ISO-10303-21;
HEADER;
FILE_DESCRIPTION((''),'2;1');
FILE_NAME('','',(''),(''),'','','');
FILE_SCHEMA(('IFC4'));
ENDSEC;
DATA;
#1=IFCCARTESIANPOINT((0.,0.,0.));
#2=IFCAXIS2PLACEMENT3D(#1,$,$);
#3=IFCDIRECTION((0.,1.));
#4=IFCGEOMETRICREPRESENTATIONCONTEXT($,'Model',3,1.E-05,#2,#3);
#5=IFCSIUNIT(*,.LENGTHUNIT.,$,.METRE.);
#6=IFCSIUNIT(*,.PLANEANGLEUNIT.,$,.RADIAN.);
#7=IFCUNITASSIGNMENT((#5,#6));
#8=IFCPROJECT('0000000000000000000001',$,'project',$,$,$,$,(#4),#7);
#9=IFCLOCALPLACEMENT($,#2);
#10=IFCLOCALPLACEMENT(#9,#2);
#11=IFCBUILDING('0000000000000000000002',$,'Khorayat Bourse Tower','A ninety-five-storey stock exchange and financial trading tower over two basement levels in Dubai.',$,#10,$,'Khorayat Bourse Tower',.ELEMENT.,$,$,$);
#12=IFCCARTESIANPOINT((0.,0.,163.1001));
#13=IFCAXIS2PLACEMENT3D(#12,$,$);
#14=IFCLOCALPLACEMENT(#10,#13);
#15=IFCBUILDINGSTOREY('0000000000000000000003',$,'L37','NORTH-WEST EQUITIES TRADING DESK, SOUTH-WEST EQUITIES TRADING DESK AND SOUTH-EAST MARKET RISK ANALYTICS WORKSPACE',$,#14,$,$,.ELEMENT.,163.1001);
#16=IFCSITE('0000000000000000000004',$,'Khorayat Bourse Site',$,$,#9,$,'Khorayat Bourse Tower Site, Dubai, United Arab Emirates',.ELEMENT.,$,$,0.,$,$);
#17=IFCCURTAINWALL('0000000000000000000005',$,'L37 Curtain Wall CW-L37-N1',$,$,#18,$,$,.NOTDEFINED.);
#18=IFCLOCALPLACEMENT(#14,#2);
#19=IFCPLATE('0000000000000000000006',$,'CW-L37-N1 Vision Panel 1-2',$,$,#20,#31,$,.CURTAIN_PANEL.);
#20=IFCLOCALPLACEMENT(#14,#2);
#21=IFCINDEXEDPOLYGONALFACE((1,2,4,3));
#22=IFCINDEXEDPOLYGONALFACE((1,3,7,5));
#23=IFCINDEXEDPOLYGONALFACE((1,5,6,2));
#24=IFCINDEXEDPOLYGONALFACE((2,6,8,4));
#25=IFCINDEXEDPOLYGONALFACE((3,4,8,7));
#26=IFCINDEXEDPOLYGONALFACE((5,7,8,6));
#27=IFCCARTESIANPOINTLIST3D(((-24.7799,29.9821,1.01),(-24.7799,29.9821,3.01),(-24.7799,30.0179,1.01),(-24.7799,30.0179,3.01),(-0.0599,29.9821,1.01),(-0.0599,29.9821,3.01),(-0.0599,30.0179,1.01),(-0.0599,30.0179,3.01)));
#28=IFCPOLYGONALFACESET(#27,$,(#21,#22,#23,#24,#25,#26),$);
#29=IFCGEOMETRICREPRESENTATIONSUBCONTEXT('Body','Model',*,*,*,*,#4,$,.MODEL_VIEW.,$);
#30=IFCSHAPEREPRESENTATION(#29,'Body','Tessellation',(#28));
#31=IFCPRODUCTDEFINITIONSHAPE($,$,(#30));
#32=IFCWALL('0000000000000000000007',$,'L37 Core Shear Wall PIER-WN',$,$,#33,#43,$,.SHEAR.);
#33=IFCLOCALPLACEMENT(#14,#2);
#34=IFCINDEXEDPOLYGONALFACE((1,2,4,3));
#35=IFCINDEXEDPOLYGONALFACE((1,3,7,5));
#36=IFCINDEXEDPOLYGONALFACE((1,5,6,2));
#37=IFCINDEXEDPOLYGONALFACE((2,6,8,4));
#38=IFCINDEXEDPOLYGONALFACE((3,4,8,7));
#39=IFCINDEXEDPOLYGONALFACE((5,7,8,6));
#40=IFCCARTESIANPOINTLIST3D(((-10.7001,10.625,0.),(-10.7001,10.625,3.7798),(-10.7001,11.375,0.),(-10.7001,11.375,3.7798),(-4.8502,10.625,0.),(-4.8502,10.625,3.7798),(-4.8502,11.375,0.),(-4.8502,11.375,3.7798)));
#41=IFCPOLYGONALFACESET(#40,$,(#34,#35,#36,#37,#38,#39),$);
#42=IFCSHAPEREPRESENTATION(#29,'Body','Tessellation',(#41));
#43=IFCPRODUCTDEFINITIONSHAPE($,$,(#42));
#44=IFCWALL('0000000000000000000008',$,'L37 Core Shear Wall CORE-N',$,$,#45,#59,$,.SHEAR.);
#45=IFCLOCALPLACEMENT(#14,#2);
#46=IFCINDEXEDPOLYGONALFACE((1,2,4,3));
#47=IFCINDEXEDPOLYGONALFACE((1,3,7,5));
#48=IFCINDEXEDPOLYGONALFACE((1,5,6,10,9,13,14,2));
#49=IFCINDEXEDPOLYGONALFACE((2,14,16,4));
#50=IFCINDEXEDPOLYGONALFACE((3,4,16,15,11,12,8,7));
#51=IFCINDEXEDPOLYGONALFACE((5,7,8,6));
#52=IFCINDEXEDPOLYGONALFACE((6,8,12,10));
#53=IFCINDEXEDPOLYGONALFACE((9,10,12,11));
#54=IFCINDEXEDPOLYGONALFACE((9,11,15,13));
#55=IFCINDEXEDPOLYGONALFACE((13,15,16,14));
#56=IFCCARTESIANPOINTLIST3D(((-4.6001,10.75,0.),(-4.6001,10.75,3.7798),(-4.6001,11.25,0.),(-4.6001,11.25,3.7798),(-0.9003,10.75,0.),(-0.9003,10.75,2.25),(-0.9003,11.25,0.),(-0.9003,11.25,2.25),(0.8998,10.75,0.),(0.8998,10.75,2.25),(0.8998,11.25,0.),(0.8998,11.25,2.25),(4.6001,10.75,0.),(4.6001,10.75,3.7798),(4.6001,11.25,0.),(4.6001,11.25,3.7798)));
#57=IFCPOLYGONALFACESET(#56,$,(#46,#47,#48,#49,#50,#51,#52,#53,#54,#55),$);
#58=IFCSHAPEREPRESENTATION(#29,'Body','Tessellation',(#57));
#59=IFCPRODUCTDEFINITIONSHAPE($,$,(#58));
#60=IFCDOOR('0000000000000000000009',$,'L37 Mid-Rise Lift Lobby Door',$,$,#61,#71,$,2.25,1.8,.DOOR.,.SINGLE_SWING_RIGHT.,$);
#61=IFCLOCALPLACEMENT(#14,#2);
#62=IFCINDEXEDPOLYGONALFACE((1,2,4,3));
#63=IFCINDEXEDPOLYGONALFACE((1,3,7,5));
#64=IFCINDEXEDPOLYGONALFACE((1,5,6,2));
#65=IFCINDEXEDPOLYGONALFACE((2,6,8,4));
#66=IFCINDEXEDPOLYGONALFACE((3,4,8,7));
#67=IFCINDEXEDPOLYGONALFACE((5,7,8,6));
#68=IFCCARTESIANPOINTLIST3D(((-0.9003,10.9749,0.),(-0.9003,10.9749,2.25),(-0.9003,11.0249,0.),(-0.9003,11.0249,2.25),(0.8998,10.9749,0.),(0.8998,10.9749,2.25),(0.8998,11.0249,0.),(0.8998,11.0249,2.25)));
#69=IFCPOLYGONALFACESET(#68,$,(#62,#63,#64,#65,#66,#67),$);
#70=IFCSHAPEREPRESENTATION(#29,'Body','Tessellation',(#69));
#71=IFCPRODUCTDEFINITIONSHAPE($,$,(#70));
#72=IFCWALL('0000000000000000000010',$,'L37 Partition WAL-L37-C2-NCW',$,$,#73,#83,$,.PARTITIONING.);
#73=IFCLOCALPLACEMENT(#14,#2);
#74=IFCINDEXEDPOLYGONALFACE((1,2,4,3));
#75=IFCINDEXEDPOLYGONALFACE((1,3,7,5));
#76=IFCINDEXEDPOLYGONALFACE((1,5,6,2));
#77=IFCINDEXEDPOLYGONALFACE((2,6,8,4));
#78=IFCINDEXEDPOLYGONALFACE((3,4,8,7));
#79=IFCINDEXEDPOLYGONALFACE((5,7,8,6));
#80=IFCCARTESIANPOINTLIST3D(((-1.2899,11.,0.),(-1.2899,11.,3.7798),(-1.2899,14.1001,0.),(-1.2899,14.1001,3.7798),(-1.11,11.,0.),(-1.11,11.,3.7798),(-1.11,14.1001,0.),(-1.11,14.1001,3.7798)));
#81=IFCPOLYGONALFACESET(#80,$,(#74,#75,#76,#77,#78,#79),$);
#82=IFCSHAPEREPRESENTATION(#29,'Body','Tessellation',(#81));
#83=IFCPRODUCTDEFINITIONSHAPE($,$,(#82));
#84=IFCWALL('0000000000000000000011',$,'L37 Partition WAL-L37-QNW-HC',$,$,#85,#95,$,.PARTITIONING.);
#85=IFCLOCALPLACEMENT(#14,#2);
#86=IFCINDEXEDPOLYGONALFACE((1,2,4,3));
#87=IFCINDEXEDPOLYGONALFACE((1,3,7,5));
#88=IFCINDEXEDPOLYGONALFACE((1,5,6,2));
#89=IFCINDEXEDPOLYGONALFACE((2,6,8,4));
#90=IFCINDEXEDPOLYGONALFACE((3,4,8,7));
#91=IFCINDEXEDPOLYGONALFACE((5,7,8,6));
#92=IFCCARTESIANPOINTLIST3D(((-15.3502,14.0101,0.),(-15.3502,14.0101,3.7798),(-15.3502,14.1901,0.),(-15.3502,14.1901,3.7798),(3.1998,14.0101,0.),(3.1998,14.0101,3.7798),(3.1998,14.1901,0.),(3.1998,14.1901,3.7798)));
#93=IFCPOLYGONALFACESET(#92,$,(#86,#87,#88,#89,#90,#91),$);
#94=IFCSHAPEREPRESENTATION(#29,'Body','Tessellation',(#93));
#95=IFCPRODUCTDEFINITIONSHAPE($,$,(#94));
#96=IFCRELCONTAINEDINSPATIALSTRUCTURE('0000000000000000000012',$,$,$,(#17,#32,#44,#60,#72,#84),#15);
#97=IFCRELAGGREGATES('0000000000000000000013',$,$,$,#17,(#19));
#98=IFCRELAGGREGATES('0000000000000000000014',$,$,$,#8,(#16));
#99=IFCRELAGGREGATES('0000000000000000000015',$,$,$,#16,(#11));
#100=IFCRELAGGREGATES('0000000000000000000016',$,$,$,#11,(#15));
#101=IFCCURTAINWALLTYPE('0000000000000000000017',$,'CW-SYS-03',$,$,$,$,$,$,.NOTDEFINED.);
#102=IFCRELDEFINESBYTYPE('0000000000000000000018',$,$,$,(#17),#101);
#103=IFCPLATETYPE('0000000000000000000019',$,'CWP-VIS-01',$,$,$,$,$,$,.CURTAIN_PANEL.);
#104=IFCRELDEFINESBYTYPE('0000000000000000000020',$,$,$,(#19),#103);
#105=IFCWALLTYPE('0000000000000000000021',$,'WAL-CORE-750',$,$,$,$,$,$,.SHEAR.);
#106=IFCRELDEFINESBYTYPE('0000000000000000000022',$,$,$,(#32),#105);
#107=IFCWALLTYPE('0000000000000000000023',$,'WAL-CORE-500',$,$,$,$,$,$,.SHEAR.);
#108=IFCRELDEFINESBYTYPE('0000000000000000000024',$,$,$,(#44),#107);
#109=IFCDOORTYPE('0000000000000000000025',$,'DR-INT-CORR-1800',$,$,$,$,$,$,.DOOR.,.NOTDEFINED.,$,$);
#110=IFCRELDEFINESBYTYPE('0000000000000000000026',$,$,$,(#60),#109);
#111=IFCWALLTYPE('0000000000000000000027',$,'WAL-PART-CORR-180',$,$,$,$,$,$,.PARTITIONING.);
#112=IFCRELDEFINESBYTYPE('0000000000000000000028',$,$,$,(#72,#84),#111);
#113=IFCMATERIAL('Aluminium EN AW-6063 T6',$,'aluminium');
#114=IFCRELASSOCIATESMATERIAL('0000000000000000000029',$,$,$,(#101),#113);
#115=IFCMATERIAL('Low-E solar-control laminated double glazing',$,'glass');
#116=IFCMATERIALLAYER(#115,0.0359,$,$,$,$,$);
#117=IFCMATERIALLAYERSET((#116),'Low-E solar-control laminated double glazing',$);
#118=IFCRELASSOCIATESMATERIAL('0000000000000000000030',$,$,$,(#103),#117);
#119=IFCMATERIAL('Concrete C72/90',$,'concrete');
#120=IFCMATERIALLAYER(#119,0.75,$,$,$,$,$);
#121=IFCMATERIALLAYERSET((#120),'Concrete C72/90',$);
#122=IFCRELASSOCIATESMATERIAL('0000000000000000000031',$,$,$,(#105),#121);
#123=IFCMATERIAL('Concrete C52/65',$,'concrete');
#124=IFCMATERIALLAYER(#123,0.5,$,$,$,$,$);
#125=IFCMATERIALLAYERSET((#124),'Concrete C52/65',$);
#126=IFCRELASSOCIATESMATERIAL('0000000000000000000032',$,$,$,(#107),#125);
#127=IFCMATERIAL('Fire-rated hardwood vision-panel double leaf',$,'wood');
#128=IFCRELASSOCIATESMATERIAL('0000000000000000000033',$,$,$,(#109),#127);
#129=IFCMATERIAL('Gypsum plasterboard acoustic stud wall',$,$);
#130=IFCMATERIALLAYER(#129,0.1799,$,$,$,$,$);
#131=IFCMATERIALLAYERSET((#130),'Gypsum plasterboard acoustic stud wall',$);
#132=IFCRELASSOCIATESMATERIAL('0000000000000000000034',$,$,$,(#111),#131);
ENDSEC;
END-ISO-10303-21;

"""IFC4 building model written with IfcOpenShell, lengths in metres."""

from ifc_helpers import new_model, si_unit, direction, frame, frame_2d, origin, origin_2d, place, context, subcontext, project, spatial, rectangle, extrude, source, transform, mapped, material, layer, layer_set, type_object, element, fill, aggregate, save


model = new_model("IFC4")

# Units and contexts
model_context = context("Model", 3, precision=1e-05, world=origin(), true_north=direction((0.0, 1.0)))
body_context = subcontext(model_context, "Body", "Model", "MODEL_VIEW")
ifc_project = project(units=[si_unit("LENGTHUNIT", "METRE"), si_unit("PLANEANGLEUNIT", "RADIAN")], contexts=[model_context])

# Site, building, storey
site_placement = place(None, origin())
site = spatial("IfcSite", under=ifc_project, at=site_placement, Name="Khorayat Bourse Site", LongName="Khorayat Bourse Tower Site, Dubai, United Arab Emirates", CompositionType="ELEMENT", RefElevation=0.0)
building_placement = place(site_placement, origin())
building = spatial("IfcBuilding", under=site, at=building_placement, Name="Khorayat Bourse Tower", Description="A ninety-five-storey stock exchange and financial trading tower over two basement levels in Dubai.", LongName="Khorayat Bourse Tower", CompositionType="ELEMENT")
storey_placement = place(building_placement, frame((0.0, 0.0, 163.1001)))
storey = spatial("IfcBuildingStorey", under=building, at=storey_placement, Name="L37", Description="NORTH-WEST EQUITIES TRADING DESK, SOUTH-WEST EQUITIES TRADING DESK AND SOUTH-EAST MARKET RISK ANALYTICS WORKSPACE", CompositionType="ELEMENT", Elevation=163.1001)

# Shared definitions
ifc_material_1 = material(Name="Concrete C72/90", Category="concrete")

# Curtain wall
ifc_material_2 = material(Name="Aluminium EN AW-6063 T6", Category="aluminium")
curtain_wall_type = type_object("IfcCurtainWallType", Name="CW-SYS-03", PredefinedType="NOTDEFINED", material=ifc_material_2)
curtain_wall_placement = place(storey_placement, origin())
curtain_wall = element("IfcCurtainWall", 1, at=curtain_wall_placement, inside=storey, type_object=curtain_wall_type, Name="L37 Curtain Wall CW-L37-N1", PredefinedType="NOTDEFINED")

# Plate
ifc_material_3 = material(Name="Low-E solar-control laminated double glazing", Category="glass")
ifc_layer_1 = layer(ifc_material_3, 0.0359)
ifc_layer_set_1 = layer_set([ifc_layer_1], Name="Low-E solar-control laminated double glazing")
plate_type_1 = type_object("IfcPlateType", Name="CWP-VIS-01", PredefinedType="CURTAIN_PANEL", material=ifc_layer_set_1)
shared_shape_1 = source(origin(), body_context, "Body", "SweptSolid", [
    extrude(rectangle(XDim=24.72, YDim=0.0359, at=origin_2d()), origin(), (0.0, 0.0, 1.0), 2.0),
])
plate_1_placement = place(storey_placement, frame((-12.4199, 30.0, 1.01), z_axis=(0.0, 0.0, 1.0), x_axis=(1.0, 0.0, 0.0)))
plate_1 = element("IfcPlate", 2, at=plate_1_placement, type_object=plate_type_1, Name="CW-L37-N1 Vision Panel 1-2", PredefinedType="CURTAIN_PANEL", context=body_context, shape_type="MappedRepresentation", body=[
    mapped(shared_shape_1, transform((0.0, 0.0, 0.0), scale=1.0)),
])
aggregate(curtain_wall, [plate_1])

# Wall
ifc_layer_2 = layer(ifc_material_1, 0.75)
ifc_layer_set_2 = layer_set([ifc_layer_2], Name="Concrete C72/90")
wall_type_1 = type_object("IfcWallType", Name="WAL-CORE-750", PredefinedType="SHEAR", material=ifc_layer_set_2)
shared_shape_2 = source(origin(), body_context, "Body", "SweptSolid", [
    extrude(rectangle(XDim=5.8499, YDim=0.75, at=frame_2d((2.9248, 0.0))), origin(), (0.0, 0.0, 1.0), 3.7798),
])
wall_1_placement = place(storey_placement, frame((-10.7, 11.0, 0.0), z_axis=(0.0, 0.0, 1.0), x_axis=(1.0, 0.0, 0.0)))
element("IfcWall", 3, at=wall_1_placement, inside=storey, type_object=wall_type_1, Name="L37 Core Shear Wall PIER-WN", PredefinedType="SHEAR", context=body_context, shape_type="MappedRepresentation", body=[
    mapped(shared_shape_2, transform((0.0, 0.0, 0.0), scale=1.0)),
])

# Wall, opening, door
ifc_material_4 = material(Name="Concrete C52/65", Category="concrete")
ifc_layer_3 = layer(ifc_material_4, 0.5)
ifc_layer_set_3 = layer_set([ifc_layer_3], Name="Concrete C52/65")
wall_type_2 = type_object("IfcWallType", Name="WAL-CORE-500", PredefinedType="SHEAR", material=ifc_layer_set_3)
shared_shape_3 = source(origin(), body_context, "Body", "SweptSolid", [
    extrude(rectangle(XDim=9.2002, YDim=0.5, at=frame_2d((4.6001, 0.0))), origin(), (0.0, 0.0, 1.0), 3.7798),
])
wall_2_placement = place(storey_placement, frame((-4.6001, 11.0, 0.0), z_axis=(0.0, 0.0, 1.0), x_axis=(1.0, 0.0, 0.0)))
wall_2 = element("IfcWall", 4, at=wall_2_placement, inside=storey, type_object=wall_type_2, Name="L37 Core Shear Wall CORE-N", PredefinedType="SHEAR", context=body_context, shape_type="MappedRepresentation", body=[
    mapped(shared_shape_3, transform((0.0, 0.0, 0.0), scale=1.0)),
])
shared_shape_4 = source(origin(), body_context, "Body", "SweptSolid", [
    extrude(rectangle(XDim=1.8, YDim=2.25, at=frame_2d((0.8999, 1.125))), frame((0.0, 0.26, 0.0), z_axis=(0.0, -1.0, 0.0), x_axis=(1.0, 0.0, 0.0)), (0.0, 0.0, 1.0), 0.52),
])
opening_placement = place(wall_2_placement, frame((3.7, 0.0, 0.0)))
opening = element("IfcOpeningElement", 5, at=opening_placement, cuts=wall_2, PredefinedType="OPENING", context=body_context, shape_type="MappedRepresentation", body=[
    mapped(shared_shape_4, transform((0.0, 0.0, 0.0), scale=1.0)),
])
ifc_material_5 = material(Name="Fire-rated hardwood vision-panel double leaf", Category="wood")
door_type = type_object("IfcDoorType", Name="DR-INT-CORR-1800", OperationType="NOTDEFINED", PredefinedType="DOOR", material=ifc_material_5)
shared_shape_5 = source(origin(), body_context, "Body", "SweptSolid", [
    extrude(rectangle(XDim=1.8, YDim=2.25, at=frame_2d((0.8999, 1.125))), frame((0.0, 0.0249, 0.0), z_axis=(0.0, -1.0, 0.0), x_axis=(1.0, 0.0, 0.0)), (0.0, 0.0, 1.0), 0.05),
])
door_placement = place(opening_placement, origin())
door = element("IfcDoor", 6, at=door_placement, inside=storey, type_object=door_type, Name="L37 Mid-Rise Lift Lobby Door", OperationType="SINGLE_SWING_RIGHT", OverallHeight=2.25, OverallWidth=1.8, PredefinedType="DOOR", context=body_context, shape_type="MappedRepresentation", body=[
    mapped(shared_shape_5, transform((0.0, 0.0, 0.0), scale=1.0)),
])
fill(opening, door)

# Walls
ifc_material_6 = material(Name="Gypsum plasterboard acoustic stud wall")
ifc_layer_4 = layer(ifc_material_6, 0.1799)
ifc_layer_set_4 = layer_set([ifc_layer_4], Name="Gypsum plasterboard acoustic stud wall")
wall_type_3 = type_object("IfcWallType", Name="WAL-PART-CORR-180", PredefinedType="PARTITIONING", material=ifc_layer_set_4)
shared_shape_6 = source(origin(), body_context, "Body", "SweptSolid", [
    extrude(rectangle(XDim=3.1001, YDim=0.1799, at=frame_2d((1.55, 0.0))), origin(), (0.0, 0.0, 1.0), 3.7798),
])
wall_3_placement = place(storey_placement, frame((-1.2, 11.0, 0.0), z_axis=(0.0, 0.0, 1.0), x_axis=(0.0, 1.0, 0.0)))
element("IfcWall", 7, at=wall_3_placement, inside=storey, type_object=wall_type_3, Name="L37 Partition WAL-L37-C2-NCW", PredefinedType="PARTITIONING", context=body_context, shape_type="MappedRepresentation", body=[
    mapped(shared_shape_6, transform((0.0, 0.0, 0.0), scale=1.0)),
])
shared_shape_7 = source(origin(), body_context, "Body", "SweptSolid", [
    extrude(rectangle(XDim=18.55, YDim=0.1799, at=frame_2d((9.2749, 0.0))), origin(), (0.0, 0.0, 1.0), 3.7798),
])
wall_4_placement = place(storey_placement, frame((-15.3501, 14.1001, 0.0), z_axis=(0.0, 0.0, 1.0), x_axis=(1.0, 0.0, 0.0)))
element("IfcWall", 8, at=wall_4_placement, inside=storey, type_object=wall_type_3, Name="L37 Partition WAL-L37-QNW-HC", PredefinedType="PARTITIONING", context=body_context, shape_type="MappedRepresentation", body=[
    mapped(shared_shape_7, transform((0.0, 0.0, 0.0), scale=1.0)),
])

save(model, "model.ifc")
